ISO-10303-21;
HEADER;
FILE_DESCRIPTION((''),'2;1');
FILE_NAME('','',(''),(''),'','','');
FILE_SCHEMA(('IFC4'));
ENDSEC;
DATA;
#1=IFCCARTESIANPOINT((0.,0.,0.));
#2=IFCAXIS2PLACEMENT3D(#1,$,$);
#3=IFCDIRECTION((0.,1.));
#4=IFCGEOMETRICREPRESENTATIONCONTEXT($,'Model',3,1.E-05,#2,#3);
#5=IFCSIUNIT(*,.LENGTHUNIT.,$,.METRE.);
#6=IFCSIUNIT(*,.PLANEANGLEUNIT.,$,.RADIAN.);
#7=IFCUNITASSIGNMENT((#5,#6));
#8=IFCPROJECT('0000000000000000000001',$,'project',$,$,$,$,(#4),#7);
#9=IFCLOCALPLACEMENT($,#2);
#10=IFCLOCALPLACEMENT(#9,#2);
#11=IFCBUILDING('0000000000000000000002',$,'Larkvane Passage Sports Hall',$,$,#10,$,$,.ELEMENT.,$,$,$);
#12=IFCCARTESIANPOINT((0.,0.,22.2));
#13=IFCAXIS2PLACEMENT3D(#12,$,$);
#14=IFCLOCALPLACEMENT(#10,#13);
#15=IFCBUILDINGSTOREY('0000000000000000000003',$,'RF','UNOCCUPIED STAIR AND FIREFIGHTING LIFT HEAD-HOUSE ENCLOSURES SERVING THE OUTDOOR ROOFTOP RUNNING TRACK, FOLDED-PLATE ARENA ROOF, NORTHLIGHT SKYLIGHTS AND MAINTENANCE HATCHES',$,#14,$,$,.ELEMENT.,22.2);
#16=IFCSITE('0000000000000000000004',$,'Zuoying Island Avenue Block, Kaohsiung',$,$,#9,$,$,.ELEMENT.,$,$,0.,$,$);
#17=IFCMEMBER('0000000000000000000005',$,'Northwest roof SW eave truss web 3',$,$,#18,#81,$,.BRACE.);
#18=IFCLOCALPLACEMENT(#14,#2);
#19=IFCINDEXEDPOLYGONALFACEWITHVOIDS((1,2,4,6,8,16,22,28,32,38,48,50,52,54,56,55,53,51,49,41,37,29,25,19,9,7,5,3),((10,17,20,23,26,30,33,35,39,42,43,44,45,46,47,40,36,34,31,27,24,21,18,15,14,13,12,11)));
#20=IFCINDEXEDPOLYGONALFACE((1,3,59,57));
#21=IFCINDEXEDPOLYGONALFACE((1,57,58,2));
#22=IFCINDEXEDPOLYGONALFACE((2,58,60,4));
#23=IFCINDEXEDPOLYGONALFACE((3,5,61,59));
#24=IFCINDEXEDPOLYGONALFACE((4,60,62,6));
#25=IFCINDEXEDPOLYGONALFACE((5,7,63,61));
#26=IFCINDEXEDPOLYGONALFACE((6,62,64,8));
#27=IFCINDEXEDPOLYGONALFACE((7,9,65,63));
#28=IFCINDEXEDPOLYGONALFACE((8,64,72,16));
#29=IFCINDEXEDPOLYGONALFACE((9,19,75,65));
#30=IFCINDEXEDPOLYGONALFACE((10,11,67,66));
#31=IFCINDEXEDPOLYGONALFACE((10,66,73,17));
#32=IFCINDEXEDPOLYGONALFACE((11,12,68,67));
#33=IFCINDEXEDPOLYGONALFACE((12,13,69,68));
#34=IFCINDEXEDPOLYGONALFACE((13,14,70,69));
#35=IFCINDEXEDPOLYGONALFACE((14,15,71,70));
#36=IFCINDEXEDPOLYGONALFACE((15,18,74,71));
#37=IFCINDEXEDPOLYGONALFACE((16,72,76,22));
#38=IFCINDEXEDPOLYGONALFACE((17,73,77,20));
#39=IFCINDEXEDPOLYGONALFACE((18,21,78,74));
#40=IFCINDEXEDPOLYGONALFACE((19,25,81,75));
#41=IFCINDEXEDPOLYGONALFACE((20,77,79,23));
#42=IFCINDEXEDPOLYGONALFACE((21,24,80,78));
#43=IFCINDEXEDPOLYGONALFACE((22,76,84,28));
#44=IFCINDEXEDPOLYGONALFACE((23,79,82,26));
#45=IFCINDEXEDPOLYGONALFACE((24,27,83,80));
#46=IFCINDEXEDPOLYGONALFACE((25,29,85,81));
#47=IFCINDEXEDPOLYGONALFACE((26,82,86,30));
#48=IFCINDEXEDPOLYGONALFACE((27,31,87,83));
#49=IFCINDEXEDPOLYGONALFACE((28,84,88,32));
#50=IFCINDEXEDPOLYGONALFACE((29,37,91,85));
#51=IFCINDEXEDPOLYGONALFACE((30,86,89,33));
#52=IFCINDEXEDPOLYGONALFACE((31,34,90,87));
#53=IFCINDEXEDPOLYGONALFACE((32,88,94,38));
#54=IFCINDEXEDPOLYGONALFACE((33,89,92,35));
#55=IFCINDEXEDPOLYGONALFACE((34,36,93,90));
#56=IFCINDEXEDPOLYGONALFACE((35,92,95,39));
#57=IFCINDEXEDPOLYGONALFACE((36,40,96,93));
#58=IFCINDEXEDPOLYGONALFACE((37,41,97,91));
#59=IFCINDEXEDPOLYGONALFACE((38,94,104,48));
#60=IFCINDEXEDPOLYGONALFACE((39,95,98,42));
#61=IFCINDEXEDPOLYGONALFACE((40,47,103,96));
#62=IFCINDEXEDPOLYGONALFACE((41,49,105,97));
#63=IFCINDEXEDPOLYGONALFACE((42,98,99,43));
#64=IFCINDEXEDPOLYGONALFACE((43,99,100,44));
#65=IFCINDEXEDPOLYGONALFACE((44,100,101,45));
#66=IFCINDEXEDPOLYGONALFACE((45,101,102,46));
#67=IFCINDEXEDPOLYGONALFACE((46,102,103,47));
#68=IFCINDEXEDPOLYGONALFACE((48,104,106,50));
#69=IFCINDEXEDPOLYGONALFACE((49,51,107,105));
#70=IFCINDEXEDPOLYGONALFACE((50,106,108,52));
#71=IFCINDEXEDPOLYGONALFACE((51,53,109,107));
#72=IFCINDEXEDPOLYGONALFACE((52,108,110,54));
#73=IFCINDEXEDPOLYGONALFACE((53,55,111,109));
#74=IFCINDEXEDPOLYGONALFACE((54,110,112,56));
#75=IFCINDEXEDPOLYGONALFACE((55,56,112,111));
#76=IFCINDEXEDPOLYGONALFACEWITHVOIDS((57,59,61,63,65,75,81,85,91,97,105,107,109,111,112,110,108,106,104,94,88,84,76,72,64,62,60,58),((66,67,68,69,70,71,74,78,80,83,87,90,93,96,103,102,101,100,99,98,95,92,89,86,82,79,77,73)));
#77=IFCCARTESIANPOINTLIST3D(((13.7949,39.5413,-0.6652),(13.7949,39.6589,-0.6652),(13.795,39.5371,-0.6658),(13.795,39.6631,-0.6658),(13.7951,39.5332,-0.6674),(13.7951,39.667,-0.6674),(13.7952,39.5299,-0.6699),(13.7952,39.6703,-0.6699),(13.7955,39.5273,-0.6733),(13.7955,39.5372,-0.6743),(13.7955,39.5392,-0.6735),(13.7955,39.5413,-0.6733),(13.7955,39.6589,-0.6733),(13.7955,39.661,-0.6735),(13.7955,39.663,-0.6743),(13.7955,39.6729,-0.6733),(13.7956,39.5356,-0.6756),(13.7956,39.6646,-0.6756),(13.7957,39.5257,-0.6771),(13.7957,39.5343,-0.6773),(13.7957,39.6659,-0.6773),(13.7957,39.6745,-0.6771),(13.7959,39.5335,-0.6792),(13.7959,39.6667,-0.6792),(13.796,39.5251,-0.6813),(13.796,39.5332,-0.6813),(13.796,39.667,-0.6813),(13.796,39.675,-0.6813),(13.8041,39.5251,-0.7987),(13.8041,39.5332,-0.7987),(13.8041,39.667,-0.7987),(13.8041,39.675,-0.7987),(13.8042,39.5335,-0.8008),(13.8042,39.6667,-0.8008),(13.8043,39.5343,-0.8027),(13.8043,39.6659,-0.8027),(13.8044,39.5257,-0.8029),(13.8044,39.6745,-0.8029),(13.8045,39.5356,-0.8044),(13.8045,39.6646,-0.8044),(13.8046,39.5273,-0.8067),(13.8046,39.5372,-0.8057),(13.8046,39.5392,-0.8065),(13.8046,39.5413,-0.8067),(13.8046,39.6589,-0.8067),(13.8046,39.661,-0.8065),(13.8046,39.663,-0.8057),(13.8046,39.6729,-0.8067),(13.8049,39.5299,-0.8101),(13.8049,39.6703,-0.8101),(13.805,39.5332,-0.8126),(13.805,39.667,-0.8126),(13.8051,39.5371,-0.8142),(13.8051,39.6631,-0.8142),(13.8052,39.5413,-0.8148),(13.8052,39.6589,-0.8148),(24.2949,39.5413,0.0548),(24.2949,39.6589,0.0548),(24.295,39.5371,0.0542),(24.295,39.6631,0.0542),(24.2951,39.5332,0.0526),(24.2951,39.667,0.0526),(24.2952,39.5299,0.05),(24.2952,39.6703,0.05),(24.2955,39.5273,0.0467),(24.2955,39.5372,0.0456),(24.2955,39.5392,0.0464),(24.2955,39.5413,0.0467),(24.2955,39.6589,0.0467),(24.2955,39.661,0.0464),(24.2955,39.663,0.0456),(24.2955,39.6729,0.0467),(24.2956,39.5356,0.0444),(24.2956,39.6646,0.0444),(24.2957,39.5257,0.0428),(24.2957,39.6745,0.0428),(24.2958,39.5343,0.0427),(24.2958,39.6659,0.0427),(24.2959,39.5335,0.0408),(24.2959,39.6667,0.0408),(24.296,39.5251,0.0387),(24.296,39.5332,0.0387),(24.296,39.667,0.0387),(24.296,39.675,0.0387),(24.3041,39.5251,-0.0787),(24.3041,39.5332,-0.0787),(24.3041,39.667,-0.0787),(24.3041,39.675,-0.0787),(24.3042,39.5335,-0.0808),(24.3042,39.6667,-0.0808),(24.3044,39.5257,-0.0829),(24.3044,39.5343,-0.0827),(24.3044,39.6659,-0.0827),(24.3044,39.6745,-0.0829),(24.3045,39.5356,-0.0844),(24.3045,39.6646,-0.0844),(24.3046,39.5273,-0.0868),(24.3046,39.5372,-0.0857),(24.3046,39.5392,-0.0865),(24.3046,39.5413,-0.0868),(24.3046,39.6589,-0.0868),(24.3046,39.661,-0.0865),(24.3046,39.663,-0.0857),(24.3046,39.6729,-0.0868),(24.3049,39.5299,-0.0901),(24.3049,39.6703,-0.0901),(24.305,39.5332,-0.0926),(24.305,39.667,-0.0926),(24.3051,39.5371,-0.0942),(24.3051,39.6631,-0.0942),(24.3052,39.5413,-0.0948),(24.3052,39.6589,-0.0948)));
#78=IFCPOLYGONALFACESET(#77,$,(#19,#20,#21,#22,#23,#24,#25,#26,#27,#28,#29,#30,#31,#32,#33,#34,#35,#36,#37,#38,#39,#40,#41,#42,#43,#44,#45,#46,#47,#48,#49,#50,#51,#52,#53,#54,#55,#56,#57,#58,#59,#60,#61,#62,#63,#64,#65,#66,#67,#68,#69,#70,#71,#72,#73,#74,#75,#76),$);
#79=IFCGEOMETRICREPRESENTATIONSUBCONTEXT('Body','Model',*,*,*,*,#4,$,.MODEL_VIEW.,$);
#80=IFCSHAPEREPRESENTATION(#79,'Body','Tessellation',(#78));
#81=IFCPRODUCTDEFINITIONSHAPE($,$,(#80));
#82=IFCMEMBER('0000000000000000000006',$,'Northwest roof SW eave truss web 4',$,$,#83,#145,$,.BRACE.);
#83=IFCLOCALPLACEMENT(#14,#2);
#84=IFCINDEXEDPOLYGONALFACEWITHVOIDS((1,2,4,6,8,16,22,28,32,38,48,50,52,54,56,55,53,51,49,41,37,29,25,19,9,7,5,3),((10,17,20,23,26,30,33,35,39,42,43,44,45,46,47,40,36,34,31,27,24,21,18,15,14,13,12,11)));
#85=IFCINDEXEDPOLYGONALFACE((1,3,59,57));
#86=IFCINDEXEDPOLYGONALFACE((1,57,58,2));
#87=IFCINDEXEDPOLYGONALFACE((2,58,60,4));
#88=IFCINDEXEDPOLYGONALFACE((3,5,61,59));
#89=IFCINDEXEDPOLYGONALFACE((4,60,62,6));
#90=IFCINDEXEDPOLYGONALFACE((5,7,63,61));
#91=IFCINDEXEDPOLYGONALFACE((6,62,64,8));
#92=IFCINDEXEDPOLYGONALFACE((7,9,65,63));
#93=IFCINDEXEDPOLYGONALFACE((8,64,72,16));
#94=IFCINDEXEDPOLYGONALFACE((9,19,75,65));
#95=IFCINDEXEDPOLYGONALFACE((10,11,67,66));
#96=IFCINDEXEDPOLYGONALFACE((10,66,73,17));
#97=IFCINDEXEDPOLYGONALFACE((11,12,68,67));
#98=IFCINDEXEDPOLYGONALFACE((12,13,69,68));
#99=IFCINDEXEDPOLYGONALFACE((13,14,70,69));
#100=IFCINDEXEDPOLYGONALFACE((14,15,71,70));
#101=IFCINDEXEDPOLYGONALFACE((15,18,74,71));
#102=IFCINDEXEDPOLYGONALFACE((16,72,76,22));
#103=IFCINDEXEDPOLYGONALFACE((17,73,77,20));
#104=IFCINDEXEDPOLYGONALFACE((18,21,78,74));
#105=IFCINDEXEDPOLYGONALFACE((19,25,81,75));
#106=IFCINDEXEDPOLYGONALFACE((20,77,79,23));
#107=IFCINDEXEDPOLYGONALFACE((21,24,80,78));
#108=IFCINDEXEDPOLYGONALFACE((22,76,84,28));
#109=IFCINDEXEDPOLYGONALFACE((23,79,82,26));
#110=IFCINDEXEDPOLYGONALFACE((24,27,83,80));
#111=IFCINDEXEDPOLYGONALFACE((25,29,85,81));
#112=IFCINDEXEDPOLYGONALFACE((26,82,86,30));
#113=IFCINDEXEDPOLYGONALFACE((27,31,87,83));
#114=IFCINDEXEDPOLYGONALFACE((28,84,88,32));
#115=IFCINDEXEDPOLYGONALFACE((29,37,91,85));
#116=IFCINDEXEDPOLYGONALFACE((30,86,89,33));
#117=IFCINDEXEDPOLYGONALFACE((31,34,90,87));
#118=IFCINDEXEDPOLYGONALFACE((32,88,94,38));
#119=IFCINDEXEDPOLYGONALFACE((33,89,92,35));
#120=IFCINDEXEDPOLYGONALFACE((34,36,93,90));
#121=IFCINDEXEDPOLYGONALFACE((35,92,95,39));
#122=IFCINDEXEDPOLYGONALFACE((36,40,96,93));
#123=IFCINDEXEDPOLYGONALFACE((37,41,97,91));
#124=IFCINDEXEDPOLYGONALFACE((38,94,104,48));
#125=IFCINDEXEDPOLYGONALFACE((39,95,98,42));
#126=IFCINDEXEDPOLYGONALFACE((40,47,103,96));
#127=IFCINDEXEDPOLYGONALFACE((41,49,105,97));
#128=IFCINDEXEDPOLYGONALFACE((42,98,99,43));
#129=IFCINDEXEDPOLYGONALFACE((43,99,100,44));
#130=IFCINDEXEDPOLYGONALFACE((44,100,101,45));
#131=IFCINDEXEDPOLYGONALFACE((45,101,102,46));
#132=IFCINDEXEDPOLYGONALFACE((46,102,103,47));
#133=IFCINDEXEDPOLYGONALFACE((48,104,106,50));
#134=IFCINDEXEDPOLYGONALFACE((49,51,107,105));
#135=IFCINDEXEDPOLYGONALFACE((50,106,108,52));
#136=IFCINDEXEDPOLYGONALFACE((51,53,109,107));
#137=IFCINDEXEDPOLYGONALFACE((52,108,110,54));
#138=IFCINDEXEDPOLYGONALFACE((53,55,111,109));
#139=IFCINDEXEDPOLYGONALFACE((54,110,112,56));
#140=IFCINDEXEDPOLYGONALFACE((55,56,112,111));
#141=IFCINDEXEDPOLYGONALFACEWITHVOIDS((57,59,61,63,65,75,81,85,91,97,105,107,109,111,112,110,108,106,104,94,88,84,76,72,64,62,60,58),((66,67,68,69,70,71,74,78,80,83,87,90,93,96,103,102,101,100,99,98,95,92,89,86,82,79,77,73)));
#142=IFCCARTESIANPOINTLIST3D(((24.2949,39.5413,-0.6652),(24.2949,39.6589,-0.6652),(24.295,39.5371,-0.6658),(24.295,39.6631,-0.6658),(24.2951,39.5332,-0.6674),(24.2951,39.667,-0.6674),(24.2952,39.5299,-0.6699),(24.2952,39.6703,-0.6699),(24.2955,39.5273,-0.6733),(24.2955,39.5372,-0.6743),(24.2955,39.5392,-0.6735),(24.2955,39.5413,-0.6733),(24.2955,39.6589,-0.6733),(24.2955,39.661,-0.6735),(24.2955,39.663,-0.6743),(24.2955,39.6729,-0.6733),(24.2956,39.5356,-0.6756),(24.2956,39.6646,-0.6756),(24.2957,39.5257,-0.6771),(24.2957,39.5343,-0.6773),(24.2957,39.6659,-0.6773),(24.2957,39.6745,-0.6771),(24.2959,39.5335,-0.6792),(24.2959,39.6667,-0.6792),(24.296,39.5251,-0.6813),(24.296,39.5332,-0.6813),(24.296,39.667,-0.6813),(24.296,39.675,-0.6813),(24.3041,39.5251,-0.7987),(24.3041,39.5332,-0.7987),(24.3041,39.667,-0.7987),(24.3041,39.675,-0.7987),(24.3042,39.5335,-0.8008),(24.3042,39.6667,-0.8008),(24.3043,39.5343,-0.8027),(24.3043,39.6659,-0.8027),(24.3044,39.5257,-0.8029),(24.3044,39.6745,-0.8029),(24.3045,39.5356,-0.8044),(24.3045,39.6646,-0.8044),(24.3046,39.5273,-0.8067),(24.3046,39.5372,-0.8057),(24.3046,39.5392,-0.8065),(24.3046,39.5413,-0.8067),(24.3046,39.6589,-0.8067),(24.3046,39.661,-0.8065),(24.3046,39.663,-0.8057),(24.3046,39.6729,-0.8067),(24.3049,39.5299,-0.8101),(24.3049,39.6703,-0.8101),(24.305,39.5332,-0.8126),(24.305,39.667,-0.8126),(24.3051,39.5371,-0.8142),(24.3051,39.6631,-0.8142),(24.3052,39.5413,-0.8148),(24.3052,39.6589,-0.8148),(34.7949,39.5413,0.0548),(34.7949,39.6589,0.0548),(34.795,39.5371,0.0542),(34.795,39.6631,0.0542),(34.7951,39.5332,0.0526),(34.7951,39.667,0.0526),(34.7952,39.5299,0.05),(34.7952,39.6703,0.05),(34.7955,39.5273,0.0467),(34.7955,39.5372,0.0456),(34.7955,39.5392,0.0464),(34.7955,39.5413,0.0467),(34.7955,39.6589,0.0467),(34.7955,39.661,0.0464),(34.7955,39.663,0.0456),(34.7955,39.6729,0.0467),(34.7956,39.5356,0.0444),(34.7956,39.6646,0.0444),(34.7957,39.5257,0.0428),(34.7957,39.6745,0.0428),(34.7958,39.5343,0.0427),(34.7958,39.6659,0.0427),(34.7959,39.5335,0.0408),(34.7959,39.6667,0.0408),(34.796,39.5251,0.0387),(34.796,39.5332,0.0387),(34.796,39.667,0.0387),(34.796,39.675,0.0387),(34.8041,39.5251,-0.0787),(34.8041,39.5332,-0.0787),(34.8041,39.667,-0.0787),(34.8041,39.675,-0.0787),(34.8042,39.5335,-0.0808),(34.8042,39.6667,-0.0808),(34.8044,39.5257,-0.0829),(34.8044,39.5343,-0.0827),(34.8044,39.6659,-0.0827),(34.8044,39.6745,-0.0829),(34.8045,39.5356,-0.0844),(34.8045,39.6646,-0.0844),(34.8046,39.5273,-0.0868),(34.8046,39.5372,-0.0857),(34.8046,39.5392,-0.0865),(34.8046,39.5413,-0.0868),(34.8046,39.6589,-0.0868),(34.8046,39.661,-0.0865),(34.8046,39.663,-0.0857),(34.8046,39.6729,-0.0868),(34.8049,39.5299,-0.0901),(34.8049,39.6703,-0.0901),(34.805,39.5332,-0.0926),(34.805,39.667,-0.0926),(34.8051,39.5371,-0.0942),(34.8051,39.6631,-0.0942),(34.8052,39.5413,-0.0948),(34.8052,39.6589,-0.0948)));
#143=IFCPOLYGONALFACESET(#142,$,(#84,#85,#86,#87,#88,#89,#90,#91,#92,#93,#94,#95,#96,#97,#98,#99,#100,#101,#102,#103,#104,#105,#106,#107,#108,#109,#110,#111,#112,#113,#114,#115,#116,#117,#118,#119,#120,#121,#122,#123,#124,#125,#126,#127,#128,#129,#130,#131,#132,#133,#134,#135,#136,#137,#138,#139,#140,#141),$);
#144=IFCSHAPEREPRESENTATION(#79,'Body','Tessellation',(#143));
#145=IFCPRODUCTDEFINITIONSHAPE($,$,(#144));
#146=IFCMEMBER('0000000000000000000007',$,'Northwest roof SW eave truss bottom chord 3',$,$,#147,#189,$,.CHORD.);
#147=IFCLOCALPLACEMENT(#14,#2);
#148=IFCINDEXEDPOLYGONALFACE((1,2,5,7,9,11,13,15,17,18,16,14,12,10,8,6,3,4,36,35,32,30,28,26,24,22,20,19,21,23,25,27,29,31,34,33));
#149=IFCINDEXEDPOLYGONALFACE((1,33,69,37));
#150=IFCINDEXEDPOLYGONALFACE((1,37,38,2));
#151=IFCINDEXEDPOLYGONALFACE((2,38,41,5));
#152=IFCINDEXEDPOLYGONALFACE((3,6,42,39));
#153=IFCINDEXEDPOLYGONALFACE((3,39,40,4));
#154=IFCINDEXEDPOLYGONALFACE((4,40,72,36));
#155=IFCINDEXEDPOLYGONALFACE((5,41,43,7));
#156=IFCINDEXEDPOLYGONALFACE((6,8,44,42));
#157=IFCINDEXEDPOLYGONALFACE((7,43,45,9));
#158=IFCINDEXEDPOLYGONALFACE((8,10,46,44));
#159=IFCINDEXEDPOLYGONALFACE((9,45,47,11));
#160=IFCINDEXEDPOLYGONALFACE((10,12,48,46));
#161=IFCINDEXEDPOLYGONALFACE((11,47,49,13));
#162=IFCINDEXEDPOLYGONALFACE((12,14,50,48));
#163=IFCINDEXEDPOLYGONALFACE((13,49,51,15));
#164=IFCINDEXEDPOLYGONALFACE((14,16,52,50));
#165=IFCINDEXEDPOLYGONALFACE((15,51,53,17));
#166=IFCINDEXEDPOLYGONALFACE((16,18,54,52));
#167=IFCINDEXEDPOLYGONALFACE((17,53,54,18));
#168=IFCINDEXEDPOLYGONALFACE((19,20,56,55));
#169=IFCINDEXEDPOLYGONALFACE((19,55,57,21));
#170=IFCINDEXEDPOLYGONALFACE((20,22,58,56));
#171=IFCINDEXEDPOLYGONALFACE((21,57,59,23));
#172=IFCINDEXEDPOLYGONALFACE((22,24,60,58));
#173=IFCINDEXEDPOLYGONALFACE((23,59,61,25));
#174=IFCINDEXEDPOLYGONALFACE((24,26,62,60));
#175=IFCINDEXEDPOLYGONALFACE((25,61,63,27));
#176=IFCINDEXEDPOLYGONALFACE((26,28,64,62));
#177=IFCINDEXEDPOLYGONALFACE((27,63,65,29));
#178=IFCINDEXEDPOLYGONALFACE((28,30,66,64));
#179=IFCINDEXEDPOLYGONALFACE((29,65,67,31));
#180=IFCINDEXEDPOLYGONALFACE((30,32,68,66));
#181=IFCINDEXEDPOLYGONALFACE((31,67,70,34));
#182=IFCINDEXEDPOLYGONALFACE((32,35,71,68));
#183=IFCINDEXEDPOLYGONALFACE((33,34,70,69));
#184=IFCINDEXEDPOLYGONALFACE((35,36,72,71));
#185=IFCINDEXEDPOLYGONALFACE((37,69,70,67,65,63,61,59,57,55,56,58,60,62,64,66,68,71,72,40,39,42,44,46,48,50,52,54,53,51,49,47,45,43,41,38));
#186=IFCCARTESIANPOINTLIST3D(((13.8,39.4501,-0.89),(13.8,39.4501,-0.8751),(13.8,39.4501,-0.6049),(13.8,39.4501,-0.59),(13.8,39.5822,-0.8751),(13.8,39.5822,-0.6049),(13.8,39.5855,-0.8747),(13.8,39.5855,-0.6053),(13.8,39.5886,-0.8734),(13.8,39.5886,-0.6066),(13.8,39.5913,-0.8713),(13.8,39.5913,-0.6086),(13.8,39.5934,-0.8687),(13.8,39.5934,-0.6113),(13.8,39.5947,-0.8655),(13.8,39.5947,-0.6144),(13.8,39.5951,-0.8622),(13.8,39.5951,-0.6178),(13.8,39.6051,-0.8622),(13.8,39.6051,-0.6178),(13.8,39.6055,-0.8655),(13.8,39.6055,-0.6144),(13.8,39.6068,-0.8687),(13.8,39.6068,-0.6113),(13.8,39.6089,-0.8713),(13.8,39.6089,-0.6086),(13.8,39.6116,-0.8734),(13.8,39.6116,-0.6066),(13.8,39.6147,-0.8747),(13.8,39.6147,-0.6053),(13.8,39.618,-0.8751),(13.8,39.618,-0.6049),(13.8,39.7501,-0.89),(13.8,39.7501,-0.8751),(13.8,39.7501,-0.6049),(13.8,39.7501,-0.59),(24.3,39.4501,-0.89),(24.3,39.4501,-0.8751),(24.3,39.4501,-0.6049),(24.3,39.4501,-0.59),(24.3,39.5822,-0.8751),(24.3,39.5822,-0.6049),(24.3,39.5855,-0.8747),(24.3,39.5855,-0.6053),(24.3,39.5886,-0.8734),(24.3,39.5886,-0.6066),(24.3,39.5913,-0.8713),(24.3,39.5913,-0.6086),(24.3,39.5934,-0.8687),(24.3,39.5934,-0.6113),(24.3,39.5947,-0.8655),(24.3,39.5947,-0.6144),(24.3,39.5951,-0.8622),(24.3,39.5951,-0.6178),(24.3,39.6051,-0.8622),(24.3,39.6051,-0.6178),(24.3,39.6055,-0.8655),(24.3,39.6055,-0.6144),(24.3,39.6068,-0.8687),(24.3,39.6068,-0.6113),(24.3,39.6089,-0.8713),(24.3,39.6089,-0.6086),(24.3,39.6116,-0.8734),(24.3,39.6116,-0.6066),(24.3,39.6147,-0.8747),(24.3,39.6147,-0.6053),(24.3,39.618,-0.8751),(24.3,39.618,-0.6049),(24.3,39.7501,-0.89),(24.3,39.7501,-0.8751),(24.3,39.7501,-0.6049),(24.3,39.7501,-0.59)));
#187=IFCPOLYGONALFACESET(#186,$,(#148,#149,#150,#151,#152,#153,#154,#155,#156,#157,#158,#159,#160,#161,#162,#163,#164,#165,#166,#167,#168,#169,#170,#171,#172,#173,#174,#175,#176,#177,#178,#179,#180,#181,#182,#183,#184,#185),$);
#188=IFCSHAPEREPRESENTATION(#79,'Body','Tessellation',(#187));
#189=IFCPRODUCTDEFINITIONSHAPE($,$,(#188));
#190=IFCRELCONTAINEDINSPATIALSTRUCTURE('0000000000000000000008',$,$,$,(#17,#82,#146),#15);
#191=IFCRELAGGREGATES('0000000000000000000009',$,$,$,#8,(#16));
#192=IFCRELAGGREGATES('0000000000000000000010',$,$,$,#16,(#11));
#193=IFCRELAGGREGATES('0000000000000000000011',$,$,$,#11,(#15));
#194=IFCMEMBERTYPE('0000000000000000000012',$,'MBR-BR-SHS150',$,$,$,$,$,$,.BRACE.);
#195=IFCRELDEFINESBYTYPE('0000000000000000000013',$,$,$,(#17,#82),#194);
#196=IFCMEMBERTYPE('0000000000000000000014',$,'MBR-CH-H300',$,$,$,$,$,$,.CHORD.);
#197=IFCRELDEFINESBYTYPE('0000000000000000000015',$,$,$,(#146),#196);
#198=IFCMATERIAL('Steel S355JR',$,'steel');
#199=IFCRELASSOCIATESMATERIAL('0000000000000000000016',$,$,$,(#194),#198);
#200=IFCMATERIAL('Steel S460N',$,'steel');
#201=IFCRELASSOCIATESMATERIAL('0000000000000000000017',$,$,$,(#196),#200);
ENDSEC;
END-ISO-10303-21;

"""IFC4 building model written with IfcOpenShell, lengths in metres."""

from ifc_helpers import new_model, si_unit, direction, frame, origin, origin_2d, place, context, subcontext, project, spatial, hollow_rectangle, i_section, extrude, material, material_profile, profile_set, type_object, element, save


model = new_model("IFC4")

# Units and contexts
model_context = context("Model", 3, precision=1e-05, world=origin(), true_north=direction((0.0, 1.0)))
body_context = subcontext(model_context, "Body", "Model", "MODEL_VIEW")
ifc_project = project(units=[si_unit("LENGTHUNIT", "METRE"), si_unit("PLANEANGLEUNIT", "RADIAN")], contexts=[model_context])

# Site, building, storey
site_placement = place(None, origin())
site = spatial("IfcSite", under=ifc_project, at=site_placement, Name="Zuoying Island Avenue Block, Kaohsiung", CompositionType="ELEMENT", RefElevation=0.0)
building_placement = place(site_placement, origin())
building = spatial("IfcBuilding", under=site, at=building_placement, Name="Larkvane Passage Sports Hall", CompositionType="ELEMENT")
storey_placement = place(building_placement, frame((0.0, 0.0, 22.2)))
storey = spatial("IfcBuildingStorey", under=building, at=storey_placement, Name="RF", Description="UNOCCUPIED STAIR AND FIREFIGHTING LIFT HEAD-HOUSE ENCLOSURES SERVING THE OUTDOOR ROOFTOP RUNNING TRACK, FOLDED-PLATE ARENA ROOF, NORTHLIGHT SKYLIGHTS AND MAINTENANCE HATCHES", CompositionType="ELEMENT", Elevation=22.2)

# Members
ifc_material_1 = material(Name="Steel S355JR", Category="steel")
ifc_material_profile_1 = material_profile(ifc_material_1, hollow_rectangle(XDim=0.1499, YDim=0.1499, WallThickness=0.0081, InnerFilletRadius=0.0081, OuterFilletRadius=0.0161, at=origin_2d()), Name="SHS-150x150x8")
ifc_profile_set_1 = profile_set([ifc_material_profile_1], Name="Steel S355JR")
member_type_1 = type_object("IfcMemberType", Name="MBR-BR-SHS150", PredefinedType="BRACE", material=ifc_profile_set_1)
for number, where, z_axis, x_axis, name in (
    (1, (13.8, 39.6001, -0.74), (0.997657, 0.0, 0.068408), (0.0, 1.0, 0.0), "Northwest roof SW eave truss web 3"),
    (2, (24.3, 39.6001, -0.74), (0.997657, 0.0, 0.068408), (0.0, 1.0, 0.0), "Northwest roof SW eave truss web 4"),
):
    element("IfcMember", number, at=place(storey_placement, frame(where, z_axis=z_axis, x_axis=x_axis)), inside=storey, type_object=member_type_1, Name=name, PredefinedType="BRACE", context=body_context, shape_type="SweptSolid", body=[
        extrude(hollow_rectangle(XDim=0.1499, YDim=0.1499, WallThickness=0.0081, InnerFilletRadius=0.0081, OuterFilletRadius=0.0161, at=origin_2d()), origin(), (0.0, 0.0, 1.0), 10.5247),
    ])
ifc_material_2 = material(Name="Steel S460N", Category="steel")
ifc_material_profile_2 = material_profile(ifc_material_2, i_section(OverallWidth=0.3, OverallDepth=0.3, WebThickness=0.01, FlangeThickness=0.0149, FilletRadius=0.0129, at=origin_2d()), Name="H-300x300x10x15")
ifc_profile_set_2 = profile_set([ifc_material_profile_2], Name="Steel S460N")
member_type_2 = type_object("IfcMemberType", Name="MBR-CH-H300", PredefinedType="CHORD", material=ifc_profile_set_2)
for number, where, z_axis, x_axis, name in (
    (3, (13.8, 39.6001, -0.74), (1.0, 0.0, 0.0), (0.0, 1.0, 0.0), "Northwest roof SW eave truss bottom chord 3"),
):
    element("IfcMember", number, at=place(storey_placement, frame(where, z_axis=z_axis, x_axis=x_axis)), inside=storey, type_object=member_type_2, Name=name, PredefinedType="CHORD", context=body_context, shape_type="SweptSolid", body=[
        extrude(i_section(OverallWidth=0.3, OverallDepth=0.3, WebThickness=0.01, FlangeThickness=0.0149, FilletRadius=0.0129, at=origin_2d()), origin(), (0.0, 0.0, 1.0), 10.5),
    ])

save(model, "model.ifc")
